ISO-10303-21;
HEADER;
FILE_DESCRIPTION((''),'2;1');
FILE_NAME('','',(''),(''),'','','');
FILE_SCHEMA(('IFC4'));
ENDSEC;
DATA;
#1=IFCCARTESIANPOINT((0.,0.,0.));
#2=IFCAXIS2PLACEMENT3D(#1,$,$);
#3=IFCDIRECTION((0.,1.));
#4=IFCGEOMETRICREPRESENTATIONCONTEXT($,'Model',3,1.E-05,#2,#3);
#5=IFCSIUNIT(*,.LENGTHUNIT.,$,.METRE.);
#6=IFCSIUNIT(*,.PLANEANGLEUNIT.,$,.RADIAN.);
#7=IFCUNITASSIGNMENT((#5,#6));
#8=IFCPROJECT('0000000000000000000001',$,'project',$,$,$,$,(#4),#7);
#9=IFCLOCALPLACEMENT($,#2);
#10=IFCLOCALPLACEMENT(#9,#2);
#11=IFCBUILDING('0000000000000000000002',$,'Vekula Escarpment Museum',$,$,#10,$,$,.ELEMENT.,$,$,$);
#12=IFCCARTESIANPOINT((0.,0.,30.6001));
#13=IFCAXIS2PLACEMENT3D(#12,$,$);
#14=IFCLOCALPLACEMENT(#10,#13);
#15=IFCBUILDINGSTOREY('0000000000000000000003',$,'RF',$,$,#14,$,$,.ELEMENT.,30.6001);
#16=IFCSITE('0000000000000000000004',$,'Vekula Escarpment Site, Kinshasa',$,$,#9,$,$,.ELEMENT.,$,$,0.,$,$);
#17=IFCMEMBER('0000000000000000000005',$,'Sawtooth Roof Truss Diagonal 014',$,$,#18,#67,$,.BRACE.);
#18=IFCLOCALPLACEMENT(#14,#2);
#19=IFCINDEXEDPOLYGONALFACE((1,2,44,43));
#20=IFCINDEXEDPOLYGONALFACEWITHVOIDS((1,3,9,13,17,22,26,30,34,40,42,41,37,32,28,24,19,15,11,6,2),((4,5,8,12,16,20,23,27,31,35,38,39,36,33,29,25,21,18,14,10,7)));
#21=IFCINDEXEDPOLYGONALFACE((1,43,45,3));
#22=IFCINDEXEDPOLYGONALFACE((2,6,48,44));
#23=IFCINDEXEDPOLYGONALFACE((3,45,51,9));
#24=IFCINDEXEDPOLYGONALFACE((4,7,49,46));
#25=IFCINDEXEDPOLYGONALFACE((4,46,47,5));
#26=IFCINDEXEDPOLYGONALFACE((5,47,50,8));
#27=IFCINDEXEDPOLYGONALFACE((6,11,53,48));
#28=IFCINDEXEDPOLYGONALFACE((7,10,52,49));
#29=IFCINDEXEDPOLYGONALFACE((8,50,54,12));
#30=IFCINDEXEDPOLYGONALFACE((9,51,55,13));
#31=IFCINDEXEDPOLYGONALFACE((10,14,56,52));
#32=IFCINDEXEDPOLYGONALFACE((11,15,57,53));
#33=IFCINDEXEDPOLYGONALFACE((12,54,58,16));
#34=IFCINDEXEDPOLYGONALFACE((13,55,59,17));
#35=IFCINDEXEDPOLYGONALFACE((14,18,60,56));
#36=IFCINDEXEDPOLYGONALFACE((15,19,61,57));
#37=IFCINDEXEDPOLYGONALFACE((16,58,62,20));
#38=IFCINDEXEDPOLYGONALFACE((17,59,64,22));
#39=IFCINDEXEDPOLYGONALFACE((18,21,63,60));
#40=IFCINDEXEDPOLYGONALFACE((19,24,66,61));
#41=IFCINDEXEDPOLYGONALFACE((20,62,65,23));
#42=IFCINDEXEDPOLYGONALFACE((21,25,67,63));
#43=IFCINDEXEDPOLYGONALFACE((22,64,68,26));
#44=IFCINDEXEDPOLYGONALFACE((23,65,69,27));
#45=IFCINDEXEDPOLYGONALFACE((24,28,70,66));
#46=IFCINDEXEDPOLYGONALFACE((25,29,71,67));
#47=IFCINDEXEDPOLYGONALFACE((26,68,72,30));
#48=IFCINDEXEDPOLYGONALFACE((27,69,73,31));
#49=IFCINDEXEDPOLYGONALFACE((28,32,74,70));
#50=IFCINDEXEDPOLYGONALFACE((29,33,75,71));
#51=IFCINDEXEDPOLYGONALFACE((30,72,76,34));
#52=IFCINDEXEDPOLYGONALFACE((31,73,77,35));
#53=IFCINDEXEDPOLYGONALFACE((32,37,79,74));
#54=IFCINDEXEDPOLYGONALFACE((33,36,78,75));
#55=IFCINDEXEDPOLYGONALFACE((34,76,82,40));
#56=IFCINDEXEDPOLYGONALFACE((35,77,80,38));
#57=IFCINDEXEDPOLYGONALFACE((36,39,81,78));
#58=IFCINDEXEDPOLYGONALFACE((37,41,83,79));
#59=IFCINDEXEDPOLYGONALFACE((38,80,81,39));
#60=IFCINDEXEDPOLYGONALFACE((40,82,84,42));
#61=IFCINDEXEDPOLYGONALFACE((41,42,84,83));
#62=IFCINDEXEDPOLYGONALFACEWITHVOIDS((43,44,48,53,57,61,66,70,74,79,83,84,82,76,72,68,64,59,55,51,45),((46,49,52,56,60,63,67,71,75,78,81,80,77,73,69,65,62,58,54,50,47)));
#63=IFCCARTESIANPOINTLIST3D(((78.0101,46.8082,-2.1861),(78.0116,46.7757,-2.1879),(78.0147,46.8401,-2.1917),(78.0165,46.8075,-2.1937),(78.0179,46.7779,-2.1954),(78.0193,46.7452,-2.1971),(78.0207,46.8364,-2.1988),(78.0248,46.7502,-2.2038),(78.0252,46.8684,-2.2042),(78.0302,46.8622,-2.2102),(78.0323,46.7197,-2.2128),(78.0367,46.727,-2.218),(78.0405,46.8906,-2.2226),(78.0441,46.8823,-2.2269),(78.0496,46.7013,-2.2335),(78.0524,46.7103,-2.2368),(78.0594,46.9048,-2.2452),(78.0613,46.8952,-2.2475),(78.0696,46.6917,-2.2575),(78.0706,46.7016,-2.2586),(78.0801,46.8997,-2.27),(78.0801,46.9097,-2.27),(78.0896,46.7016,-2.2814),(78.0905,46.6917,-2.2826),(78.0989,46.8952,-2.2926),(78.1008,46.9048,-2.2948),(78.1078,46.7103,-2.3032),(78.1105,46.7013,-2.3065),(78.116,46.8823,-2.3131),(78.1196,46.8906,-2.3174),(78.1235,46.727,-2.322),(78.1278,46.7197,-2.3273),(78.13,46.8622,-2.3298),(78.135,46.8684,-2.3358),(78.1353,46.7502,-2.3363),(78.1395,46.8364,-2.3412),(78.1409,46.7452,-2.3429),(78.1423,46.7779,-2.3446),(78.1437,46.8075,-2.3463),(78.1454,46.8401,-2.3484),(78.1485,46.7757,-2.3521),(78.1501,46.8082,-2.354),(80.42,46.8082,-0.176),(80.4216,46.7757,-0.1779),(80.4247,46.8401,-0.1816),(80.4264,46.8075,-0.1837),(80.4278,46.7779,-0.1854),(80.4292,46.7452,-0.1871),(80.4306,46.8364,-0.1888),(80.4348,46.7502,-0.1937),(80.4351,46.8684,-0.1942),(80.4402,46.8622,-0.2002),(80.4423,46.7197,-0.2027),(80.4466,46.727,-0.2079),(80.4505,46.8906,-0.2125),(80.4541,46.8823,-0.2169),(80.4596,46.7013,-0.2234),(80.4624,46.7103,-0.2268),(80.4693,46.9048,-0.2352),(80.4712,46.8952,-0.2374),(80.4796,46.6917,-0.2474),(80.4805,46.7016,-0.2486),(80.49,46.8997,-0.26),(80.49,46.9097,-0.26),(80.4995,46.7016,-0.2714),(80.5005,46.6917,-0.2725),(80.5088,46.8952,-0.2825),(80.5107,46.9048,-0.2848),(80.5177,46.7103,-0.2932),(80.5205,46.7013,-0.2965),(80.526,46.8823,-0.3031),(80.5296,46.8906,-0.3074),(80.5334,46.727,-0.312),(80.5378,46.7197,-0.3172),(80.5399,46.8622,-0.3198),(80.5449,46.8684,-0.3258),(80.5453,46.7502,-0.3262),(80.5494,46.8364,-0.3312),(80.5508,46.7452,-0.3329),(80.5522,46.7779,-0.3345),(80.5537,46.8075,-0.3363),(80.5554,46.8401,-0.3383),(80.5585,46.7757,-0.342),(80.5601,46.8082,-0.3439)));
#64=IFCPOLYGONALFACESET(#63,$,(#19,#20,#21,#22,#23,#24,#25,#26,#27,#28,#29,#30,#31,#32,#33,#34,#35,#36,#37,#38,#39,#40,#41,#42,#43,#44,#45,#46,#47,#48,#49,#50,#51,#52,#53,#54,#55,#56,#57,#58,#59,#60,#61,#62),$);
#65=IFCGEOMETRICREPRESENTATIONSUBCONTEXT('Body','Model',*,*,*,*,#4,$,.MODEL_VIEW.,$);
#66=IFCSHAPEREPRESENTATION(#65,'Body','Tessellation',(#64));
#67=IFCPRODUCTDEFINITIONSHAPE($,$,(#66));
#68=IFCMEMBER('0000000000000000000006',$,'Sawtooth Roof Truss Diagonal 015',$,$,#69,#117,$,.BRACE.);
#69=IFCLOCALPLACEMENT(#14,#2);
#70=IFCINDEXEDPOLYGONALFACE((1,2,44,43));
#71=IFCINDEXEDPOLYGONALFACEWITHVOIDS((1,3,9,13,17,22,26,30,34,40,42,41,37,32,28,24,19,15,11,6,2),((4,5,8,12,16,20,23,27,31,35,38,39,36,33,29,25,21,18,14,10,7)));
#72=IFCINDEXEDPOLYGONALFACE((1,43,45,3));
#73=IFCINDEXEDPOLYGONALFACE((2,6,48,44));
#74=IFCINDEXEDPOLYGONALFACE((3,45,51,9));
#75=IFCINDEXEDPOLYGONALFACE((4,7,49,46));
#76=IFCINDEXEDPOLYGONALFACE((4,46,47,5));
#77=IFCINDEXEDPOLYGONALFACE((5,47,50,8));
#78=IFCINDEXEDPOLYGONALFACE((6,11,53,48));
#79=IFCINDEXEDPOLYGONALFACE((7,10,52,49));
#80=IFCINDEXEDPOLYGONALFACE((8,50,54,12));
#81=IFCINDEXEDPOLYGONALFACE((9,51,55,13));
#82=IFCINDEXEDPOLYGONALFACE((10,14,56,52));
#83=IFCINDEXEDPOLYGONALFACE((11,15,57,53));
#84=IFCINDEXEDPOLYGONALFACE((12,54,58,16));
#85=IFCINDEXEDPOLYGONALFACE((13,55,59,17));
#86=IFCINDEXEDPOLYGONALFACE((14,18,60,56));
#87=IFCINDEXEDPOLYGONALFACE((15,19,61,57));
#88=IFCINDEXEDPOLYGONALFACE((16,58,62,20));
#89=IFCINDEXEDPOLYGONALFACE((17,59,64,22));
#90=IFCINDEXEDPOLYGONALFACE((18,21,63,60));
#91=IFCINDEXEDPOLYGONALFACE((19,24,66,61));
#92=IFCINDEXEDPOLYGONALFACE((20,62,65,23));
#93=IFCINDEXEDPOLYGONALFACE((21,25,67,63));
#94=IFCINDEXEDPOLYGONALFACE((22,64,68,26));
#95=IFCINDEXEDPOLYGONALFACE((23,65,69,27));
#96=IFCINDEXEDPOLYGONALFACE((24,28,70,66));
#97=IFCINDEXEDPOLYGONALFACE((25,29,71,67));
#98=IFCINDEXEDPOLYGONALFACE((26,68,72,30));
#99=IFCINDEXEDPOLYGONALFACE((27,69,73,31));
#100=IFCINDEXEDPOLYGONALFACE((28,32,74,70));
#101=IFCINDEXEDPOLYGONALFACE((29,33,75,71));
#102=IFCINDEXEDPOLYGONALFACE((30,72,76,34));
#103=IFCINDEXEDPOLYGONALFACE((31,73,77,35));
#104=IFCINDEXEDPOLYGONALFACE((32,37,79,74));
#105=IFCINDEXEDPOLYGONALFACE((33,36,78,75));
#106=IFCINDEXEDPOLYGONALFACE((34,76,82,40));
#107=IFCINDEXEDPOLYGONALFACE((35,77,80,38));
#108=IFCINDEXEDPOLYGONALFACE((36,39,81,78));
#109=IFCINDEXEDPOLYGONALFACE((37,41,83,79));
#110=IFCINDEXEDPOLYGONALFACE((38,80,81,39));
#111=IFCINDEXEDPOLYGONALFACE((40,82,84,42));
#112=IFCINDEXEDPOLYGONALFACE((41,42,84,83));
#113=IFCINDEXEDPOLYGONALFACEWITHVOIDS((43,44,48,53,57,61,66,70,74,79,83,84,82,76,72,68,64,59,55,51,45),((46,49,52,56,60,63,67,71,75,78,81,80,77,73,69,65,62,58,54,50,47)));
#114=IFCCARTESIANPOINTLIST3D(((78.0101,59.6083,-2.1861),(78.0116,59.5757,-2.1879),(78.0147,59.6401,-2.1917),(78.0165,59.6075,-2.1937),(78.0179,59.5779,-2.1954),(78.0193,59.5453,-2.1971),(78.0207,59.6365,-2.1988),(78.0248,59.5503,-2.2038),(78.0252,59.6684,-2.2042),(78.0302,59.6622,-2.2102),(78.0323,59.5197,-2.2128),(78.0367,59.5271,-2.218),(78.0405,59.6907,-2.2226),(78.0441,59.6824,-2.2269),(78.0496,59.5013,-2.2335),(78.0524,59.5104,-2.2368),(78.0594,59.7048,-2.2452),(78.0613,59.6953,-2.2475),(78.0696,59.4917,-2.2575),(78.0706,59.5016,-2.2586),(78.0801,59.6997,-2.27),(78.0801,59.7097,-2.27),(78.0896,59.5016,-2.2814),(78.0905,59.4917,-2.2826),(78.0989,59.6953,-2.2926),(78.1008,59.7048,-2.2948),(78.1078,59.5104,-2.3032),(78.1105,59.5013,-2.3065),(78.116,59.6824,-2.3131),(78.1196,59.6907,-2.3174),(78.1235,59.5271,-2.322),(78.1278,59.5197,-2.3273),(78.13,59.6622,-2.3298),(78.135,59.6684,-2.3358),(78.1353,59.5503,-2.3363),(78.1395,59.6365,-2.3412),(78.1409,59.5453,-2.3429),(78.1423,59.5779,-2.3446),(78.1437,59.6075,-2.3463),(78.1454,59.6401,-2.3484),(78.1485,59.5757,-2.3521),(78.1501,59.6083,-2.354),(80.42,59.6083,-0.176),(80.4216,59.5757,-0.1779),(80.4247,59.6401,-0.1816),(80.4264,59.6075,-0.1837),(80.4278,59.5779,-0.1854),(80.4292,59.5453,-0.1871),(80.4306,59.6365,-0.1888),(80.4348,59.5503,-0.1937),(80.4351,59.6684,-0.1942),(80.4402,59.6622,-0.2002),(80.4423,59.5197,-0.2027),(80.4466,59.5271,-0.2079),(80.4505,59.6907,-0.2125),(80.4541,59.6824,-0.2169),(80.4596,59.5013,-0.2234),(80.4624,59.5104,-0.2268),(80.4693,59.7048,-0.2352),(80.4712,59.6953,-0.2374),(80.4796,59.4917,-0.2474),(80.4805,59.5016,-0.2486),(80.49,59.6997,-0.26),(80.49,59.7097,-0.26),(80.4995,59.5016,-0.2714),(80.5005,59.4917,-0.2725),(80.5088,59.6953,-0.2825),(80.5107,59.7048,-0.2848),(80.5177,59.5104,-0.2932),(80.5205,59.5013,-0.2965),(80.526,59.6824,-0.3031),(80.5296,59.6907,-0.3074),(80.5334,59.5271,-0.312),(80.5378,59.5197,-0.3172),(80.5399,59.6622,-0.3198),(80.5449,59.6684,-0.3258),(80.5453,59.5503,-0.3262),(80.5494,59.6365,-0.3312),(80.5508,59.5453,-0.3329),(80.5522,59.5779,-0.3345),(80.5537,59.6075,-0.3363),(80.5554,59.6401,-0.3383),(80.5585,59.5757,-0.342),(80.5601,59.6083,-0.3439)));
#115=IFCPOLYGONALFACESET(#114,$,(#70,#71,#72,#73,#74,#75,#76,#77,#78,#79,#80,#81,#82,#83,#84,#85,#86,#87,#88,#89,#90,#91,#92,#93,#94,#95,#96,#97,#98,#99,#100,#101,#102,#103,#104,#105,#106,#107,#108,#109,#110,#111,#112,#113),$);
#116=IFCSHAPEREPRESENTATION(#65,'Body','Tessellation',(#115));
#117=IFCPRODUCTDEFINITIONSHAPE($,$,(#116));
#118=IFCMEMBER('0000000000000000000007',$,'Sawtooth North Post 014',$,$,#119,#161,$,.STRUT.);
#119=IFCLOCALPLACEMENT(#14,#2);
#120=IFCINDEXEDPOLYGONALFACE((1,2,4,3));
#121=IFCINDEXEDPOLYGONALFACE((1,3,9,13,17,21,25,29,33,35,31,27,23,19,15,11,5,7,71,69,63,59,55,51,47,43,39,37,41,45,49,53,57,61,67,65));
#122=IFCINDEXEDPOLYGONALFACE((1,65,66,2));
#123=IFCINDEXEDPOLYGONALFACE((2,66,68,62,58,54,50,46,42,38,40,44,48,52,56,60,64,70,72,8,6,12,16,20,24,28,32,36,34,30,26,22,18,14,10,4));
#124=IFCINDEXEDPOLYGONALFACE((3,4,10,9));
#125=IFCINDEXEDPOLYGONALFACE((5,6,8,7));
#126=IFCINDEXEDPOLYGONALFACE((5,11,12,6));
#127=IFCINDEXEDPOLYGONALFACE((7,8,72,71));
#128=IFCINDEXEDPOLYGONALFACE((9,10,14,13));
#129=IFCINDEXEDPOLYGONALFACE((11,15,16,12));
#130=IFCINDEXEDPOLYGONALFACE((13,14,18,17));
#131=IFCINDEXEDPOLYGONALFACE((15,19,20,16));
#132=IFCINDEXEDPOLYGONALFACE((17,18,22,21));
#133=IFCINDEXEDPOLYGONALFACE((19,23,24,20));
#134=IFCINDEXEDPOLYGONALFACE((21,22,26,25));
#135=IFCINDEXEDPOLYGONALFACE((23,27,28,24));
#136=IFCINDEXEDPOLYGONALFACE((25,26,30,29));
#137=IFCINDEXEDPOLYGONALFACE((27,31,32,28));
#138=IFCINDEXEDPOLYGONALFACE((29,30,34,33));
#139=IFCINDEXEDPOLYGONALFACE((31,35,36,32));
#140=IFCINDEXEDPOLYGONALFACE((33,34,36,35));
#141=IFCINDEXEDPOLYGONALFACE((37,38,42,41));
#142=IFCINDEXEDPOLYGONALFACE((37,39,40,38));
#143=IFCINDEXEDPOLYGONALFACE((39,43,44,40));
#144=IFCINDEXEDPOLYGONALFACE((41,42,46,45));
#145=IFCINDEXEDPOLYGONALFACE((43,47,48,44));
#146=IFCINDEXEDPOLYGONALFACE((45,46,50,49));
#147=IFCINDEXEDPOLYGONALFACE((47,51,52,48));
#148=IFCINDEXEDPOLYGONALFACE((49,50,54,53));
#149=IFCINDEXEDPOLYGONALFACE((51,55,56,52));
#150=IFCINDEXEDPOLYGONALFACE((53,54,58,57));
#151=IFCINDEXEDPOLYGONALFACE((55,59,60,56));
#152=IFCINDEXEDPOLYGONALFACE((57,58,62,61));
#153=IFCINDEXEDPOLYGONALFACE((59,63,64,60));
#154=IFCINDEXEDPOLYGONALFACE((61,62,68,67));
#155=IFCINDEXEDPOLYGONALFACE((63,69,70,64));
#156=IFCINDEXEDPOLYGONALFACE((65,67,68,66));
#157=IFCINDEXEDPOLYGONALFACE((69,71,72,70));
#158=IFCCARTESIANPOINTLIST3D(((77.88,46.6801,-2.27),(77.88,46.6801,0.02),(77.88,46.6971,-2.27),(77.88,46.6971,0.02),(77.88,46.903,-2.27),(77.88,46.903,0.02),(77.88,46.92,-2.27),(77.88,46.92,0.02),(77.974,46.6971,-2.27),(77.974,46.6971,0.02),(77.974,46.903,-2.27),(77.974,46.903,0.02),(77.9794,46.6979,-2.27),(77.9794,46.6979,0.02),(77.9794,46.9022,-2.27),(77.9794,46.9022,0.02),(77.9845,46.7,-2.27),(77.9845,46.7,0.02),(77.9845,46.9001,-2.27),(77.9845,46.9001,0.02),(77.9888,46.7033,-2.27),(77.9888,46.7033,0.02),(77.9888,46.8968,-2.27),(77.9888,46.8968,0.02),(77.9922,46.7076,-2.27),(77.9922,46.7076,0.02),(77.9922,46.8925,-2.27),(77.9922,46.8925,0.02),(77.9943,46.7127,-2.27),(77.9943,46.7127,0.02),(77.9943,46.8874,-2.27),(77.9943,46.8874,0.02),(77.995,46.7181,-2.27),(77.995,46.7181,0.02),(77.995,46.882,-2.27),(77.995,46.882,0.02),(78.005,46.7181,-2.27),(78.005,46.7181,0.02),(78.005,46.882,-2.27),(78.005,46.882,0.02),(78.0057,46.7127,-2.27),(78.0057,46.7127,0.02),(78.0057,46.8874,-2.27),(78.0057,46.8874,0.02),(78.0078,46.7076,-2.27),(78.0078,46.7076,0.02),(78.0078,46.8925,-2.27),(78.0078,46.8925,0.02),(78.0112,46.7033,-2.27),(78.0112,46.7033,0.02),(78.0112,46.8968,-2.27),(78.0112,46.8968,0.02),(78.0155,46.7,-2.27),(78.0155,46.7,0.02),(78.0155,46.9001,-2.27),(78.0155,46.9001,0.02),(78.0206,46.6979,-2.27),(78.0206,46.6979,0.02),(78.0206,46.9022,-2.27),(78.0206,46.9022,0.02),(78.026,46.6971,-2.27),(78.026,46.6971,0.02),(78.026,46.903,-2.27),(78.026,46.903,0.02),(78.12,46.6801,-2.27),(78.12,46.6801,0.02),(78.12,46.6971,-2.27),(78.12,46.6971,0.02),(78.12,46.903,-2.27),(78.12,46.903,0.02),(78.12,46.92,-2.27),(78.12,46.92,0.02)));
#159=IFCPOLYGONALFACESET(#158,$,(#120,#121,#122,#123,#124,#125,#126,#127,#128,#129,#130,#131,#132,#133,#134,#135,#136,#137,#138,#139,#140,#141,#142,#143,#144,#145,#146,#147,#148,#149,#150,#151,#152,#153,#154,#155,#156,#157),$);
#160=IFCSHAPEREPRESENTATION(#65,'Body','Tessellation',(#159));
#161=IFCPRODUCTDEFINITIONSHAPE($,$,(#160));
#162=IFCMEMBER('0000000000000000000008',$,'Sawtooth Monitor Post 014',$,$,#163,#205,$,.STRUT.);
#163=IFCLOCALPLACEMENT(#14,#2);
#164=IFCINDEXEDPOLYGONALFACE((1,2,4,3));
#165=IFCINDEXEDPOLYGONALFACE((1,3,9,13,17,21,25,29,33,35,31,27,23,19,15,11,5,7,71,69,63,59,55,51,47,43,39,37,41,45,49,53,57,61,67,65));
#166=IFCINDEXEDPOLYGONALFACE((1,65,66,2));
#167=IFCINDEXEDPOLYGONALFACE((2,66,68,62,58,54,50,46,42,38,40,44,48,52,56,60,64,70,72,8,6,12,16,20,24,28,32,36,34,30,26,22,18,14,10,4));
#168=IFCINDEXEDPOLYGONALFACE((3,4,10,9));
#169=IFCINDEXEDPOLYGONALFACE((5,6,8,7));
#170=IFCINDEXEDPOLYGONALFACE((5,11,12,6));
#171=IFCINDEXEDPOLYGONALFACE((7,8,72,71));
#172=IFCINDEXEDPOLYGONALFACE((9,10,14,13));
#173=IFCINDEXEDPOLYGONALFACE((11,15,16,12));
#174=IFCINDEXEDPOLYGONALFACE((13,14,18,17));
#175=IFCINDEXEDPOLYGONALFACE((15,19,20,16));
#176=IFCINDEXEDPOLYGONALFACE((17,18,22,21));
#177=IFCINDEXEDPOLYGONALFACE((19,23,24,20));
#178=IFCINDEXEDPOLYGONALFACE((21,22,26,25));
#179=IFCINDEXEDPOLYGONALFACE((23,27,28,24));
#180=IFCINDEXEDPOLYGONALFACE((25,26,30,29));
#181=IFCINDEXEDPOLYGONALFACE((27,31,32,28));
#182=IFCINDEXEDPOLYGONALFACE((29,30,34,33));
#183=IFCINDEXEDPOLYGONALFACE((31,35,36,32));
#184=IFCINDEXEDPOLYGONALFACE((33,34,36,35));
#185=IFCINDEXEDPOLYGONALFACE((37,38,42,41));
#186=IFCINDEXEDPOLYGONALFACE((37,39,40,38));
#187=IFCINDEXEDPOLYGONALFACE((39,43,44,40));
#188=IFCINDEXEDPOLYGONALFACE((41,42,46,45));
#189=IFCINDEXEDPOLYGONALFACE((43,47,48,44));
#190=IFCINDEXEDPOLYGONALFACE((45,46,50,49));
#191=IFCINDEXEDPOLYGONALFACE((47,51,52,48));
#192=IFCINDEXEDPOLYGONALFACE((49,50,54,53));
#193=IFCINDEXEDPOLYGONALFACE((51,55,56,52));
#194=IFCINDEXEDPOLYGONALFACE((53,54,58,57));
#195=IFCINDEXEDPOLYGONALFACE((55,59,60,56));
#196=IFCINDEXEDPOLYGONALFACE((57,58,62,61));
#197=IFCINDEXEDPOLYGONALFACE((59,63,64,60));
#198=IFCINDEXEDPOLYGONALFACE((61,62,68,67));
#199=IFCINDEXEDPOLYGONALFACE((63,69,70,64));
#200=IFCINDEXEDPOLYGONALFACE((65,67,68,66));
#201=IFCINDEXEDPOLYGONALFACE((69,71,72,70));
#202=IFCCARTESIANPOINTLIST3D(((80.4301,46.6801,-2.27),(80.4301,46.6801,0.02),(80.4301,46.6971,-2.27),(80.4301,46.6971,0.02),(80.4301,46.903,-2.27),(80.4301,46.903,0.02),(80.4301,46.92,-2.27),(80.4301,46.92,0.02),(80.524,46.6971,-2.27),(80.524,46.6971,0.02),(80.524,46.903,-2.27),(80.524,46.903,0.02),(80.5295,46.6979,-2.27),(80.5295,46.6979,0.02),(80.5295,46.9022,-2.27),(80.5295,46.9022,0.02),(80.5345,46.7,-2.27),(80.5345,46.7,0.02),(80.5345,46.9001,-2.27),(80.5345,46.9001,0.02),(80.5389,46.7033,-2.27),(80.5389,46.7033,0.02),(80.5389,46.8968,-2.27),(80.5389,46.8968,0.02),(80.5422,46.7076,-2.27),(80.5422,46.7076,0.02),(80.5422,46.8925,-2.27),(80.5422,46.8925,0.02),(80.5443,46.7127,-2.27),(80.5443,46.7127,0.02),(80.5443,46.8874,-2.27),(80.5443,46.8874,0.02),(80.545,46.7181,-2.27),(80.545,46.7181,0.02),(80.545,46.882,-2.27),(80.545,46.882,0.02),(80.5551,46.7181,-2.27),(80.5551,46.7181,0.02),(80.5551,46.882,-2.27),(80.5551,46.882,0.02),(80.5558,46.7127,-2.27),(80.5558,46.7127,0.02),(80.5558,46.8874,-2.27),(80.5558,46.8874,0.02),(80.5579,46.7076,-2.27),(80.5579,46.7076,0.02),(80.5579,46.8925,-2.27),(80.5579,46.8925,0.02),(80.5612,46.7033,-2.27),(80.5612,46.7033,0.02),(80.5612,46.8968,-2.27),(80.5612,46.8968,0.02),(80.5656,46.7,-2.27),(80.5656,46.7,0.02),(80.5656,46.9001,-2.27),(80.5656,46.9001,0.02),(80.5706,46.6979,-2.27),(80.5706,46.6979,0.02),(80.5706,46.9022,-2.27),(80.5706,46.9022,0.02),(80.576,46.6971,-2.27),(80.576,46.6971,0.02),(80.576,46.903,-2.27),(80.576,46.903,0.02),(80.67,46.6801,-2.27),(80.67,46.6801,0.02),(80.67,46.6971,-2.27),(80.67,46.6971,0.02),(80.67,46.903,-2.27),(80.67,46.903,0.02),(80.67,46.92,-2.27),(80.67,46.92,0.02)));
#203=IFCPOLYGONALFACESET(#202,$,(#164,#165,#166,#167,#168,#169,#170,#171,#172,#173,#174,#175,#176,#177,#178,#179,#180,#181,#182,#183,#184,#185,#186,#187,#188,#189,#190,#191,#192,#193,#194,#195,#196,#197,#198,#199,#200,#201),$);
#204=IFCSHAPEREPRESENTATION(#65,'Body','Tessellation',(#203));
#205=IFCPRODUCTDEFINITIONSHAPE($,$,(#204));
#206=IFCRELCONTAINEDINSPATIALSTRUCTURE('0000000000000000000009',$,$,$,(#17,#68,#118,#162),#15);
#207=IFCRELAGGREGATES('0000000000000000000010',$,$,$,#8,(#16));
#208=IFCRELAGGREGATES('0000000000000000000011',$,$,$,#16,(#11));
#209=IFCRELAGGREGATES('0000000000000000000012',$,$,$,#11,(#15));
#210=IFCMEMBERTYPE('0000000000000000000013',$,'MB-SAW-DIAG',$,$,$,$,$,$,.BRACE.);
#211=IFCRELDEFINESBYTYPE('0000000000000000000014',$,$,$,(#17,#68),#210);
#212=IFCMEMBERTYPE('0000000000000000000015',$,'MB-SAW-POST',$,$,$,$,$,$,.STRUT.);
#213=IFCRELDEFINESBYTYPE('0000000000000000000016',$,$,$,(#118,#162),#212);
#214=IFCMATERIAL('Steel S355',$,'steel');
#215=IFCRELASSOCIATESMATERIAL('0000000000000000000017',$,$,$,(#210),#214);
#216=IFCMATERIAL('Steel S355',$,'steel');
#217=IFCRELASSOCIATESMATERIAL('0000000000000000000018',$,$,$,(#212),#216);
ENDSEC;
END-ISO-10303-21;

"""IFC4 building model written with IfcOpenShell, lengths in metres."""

from ifc_helpers import new_model, si_unit, direction, frame, origin, origin_2d, place, context, subcontext, project, spatial, hollow_circle, i_section, extrude, material, material_profile, profile_set, type_object, element, save


model = new_model("IFC4")

# Units and contexts
model_context = context("Model", 3, precision=1e-05, world=origin(), true_north=direction((0.0, 1.0)))
body_context = subcontext(model_context, "Body", "Model", "MODEL_VIEW")
ifc_project = project(units=[si_unit("LENGTHUNIT", "METRE"), si_unit("PLANEANGLEUNIT", "RADIAN")], contexts=[model_context])

# Site, building, storey
site_placement = place(None, origin())
site = spatial("IfcSite", under=ifc_project, at=site_placement, Name="Vekula Escarpment Site, Kinshasa", CompositionType="ELEMENT", RefElevation=0.0)
building_placement = place(site_placement, origin())
building = spatial("IfcBuilding", under=site, at=building_placement, Name="Vekula Escarpment Museum", CompositionType="ELEMENT")
storey_placement = place(building_placement, frame((0.0, 0.0, 30.6001)))
storey = spatial("IfcBuildingStorey", under=building, at=storey_placement, Name="RF", CompositionType="ELEMENT", Elevation=30.6001)

# Members
ifc_material_1 = material(Name="Steel S355", Category="steel")
ifc_material_profile_1 = material_profile(ifc_material_1, hollow_circle(Radius=0.1096, WallThickness=0.01, at=origin_2d()), Name="CHS 219.1x10")
ifc_profile_set_1 = profile_set([ifc_material_profile_1], Name="Steel S355")
member_type_1 = type_object("IfcMemberType", Name="MB-SAW-DIAG", PredefinedType="BRACE", material=ifc_profile_set_1)
for number, where, z_axis, x_axis, name in (
    (1, (78.0801, 46.8, -2.27), (0.767947, 0.0, 0.640513), (0.0, 1.0, 0.0), "Sawtooth Roof Truss Diagonal 014"),
    (2, (78.0801, 59.6001, -2.27), (0.767947, 0.0, 0.640513), (0.0, 1.0, 0.0), "Sawtooth Roof Truss Diagonal 015"),
):
    element("IfcMember", number, at=place(storey_placement, frame(where, z_axis=z_axis, x_axis=x_axis)), inside=storey, type_object=member_type_1, Name=name, PredefinedType="BRACE", context=body_context, shape_type="SweptSolid", body=[
        extrude(hollow_circle(Radius=0.1096, WallThickness=0.01, at=origin_2d()), origin(), (0.0, 0.0, 1.0), 3.1382),
    ])
ifc_material_2 = material(Name="Steel S355", Category="steel")
ifc_material_profile_2 = material_profile(ifc_material_2, i_section(OverallWidth=0.24, OverallDepth=0.24, WebThickness=0.01, FlangeThickness=0.0171, FilletRadius=0.021, at=origin_2d()), Name="HEB 240")
ifc_profile_set_2 = profile_set([ifc_material_profile_2], Name="Steel S355")
member_type_2 = type_object("IfcMemberType", Name="MB-SAW-POST", PredefinedType="STRUT", material=ifc_profile_set_2)
for number, where, z_axis, x_axis, name in (
    (3, (78.0, 46.8, -2.27), (0.0, 0.0, 1.0), (1.0, 0.0, 0.0), "Sawtooth North Post 014"),
    (4, (80.55, 46.8, -2.27), (0.0, 0.0, 1.0), (1.0, 0.0, 0.0), "Sawtooth Monitor Post 014"),
):
    element("IfcMember", number, at=place(storey_placement, frame(where, z_axis=z_axis, x_axis=x_axis)), inside=storey, type_object=member_type_2, Name=name, PredefinedType="STRUT", context=body_context, shape_type="SweptSolid", body=[
        extrude(i_section(OverallWidth=0.24, OverallDepth=0.24, WebThickness=0.01, FlangeThickness=0.0171, FilletRadius=0.021, at=origin_2d()), origin(), (0.0, 0.0, 1.0), 2.29),
    ])

save(model, "model.ifc")
